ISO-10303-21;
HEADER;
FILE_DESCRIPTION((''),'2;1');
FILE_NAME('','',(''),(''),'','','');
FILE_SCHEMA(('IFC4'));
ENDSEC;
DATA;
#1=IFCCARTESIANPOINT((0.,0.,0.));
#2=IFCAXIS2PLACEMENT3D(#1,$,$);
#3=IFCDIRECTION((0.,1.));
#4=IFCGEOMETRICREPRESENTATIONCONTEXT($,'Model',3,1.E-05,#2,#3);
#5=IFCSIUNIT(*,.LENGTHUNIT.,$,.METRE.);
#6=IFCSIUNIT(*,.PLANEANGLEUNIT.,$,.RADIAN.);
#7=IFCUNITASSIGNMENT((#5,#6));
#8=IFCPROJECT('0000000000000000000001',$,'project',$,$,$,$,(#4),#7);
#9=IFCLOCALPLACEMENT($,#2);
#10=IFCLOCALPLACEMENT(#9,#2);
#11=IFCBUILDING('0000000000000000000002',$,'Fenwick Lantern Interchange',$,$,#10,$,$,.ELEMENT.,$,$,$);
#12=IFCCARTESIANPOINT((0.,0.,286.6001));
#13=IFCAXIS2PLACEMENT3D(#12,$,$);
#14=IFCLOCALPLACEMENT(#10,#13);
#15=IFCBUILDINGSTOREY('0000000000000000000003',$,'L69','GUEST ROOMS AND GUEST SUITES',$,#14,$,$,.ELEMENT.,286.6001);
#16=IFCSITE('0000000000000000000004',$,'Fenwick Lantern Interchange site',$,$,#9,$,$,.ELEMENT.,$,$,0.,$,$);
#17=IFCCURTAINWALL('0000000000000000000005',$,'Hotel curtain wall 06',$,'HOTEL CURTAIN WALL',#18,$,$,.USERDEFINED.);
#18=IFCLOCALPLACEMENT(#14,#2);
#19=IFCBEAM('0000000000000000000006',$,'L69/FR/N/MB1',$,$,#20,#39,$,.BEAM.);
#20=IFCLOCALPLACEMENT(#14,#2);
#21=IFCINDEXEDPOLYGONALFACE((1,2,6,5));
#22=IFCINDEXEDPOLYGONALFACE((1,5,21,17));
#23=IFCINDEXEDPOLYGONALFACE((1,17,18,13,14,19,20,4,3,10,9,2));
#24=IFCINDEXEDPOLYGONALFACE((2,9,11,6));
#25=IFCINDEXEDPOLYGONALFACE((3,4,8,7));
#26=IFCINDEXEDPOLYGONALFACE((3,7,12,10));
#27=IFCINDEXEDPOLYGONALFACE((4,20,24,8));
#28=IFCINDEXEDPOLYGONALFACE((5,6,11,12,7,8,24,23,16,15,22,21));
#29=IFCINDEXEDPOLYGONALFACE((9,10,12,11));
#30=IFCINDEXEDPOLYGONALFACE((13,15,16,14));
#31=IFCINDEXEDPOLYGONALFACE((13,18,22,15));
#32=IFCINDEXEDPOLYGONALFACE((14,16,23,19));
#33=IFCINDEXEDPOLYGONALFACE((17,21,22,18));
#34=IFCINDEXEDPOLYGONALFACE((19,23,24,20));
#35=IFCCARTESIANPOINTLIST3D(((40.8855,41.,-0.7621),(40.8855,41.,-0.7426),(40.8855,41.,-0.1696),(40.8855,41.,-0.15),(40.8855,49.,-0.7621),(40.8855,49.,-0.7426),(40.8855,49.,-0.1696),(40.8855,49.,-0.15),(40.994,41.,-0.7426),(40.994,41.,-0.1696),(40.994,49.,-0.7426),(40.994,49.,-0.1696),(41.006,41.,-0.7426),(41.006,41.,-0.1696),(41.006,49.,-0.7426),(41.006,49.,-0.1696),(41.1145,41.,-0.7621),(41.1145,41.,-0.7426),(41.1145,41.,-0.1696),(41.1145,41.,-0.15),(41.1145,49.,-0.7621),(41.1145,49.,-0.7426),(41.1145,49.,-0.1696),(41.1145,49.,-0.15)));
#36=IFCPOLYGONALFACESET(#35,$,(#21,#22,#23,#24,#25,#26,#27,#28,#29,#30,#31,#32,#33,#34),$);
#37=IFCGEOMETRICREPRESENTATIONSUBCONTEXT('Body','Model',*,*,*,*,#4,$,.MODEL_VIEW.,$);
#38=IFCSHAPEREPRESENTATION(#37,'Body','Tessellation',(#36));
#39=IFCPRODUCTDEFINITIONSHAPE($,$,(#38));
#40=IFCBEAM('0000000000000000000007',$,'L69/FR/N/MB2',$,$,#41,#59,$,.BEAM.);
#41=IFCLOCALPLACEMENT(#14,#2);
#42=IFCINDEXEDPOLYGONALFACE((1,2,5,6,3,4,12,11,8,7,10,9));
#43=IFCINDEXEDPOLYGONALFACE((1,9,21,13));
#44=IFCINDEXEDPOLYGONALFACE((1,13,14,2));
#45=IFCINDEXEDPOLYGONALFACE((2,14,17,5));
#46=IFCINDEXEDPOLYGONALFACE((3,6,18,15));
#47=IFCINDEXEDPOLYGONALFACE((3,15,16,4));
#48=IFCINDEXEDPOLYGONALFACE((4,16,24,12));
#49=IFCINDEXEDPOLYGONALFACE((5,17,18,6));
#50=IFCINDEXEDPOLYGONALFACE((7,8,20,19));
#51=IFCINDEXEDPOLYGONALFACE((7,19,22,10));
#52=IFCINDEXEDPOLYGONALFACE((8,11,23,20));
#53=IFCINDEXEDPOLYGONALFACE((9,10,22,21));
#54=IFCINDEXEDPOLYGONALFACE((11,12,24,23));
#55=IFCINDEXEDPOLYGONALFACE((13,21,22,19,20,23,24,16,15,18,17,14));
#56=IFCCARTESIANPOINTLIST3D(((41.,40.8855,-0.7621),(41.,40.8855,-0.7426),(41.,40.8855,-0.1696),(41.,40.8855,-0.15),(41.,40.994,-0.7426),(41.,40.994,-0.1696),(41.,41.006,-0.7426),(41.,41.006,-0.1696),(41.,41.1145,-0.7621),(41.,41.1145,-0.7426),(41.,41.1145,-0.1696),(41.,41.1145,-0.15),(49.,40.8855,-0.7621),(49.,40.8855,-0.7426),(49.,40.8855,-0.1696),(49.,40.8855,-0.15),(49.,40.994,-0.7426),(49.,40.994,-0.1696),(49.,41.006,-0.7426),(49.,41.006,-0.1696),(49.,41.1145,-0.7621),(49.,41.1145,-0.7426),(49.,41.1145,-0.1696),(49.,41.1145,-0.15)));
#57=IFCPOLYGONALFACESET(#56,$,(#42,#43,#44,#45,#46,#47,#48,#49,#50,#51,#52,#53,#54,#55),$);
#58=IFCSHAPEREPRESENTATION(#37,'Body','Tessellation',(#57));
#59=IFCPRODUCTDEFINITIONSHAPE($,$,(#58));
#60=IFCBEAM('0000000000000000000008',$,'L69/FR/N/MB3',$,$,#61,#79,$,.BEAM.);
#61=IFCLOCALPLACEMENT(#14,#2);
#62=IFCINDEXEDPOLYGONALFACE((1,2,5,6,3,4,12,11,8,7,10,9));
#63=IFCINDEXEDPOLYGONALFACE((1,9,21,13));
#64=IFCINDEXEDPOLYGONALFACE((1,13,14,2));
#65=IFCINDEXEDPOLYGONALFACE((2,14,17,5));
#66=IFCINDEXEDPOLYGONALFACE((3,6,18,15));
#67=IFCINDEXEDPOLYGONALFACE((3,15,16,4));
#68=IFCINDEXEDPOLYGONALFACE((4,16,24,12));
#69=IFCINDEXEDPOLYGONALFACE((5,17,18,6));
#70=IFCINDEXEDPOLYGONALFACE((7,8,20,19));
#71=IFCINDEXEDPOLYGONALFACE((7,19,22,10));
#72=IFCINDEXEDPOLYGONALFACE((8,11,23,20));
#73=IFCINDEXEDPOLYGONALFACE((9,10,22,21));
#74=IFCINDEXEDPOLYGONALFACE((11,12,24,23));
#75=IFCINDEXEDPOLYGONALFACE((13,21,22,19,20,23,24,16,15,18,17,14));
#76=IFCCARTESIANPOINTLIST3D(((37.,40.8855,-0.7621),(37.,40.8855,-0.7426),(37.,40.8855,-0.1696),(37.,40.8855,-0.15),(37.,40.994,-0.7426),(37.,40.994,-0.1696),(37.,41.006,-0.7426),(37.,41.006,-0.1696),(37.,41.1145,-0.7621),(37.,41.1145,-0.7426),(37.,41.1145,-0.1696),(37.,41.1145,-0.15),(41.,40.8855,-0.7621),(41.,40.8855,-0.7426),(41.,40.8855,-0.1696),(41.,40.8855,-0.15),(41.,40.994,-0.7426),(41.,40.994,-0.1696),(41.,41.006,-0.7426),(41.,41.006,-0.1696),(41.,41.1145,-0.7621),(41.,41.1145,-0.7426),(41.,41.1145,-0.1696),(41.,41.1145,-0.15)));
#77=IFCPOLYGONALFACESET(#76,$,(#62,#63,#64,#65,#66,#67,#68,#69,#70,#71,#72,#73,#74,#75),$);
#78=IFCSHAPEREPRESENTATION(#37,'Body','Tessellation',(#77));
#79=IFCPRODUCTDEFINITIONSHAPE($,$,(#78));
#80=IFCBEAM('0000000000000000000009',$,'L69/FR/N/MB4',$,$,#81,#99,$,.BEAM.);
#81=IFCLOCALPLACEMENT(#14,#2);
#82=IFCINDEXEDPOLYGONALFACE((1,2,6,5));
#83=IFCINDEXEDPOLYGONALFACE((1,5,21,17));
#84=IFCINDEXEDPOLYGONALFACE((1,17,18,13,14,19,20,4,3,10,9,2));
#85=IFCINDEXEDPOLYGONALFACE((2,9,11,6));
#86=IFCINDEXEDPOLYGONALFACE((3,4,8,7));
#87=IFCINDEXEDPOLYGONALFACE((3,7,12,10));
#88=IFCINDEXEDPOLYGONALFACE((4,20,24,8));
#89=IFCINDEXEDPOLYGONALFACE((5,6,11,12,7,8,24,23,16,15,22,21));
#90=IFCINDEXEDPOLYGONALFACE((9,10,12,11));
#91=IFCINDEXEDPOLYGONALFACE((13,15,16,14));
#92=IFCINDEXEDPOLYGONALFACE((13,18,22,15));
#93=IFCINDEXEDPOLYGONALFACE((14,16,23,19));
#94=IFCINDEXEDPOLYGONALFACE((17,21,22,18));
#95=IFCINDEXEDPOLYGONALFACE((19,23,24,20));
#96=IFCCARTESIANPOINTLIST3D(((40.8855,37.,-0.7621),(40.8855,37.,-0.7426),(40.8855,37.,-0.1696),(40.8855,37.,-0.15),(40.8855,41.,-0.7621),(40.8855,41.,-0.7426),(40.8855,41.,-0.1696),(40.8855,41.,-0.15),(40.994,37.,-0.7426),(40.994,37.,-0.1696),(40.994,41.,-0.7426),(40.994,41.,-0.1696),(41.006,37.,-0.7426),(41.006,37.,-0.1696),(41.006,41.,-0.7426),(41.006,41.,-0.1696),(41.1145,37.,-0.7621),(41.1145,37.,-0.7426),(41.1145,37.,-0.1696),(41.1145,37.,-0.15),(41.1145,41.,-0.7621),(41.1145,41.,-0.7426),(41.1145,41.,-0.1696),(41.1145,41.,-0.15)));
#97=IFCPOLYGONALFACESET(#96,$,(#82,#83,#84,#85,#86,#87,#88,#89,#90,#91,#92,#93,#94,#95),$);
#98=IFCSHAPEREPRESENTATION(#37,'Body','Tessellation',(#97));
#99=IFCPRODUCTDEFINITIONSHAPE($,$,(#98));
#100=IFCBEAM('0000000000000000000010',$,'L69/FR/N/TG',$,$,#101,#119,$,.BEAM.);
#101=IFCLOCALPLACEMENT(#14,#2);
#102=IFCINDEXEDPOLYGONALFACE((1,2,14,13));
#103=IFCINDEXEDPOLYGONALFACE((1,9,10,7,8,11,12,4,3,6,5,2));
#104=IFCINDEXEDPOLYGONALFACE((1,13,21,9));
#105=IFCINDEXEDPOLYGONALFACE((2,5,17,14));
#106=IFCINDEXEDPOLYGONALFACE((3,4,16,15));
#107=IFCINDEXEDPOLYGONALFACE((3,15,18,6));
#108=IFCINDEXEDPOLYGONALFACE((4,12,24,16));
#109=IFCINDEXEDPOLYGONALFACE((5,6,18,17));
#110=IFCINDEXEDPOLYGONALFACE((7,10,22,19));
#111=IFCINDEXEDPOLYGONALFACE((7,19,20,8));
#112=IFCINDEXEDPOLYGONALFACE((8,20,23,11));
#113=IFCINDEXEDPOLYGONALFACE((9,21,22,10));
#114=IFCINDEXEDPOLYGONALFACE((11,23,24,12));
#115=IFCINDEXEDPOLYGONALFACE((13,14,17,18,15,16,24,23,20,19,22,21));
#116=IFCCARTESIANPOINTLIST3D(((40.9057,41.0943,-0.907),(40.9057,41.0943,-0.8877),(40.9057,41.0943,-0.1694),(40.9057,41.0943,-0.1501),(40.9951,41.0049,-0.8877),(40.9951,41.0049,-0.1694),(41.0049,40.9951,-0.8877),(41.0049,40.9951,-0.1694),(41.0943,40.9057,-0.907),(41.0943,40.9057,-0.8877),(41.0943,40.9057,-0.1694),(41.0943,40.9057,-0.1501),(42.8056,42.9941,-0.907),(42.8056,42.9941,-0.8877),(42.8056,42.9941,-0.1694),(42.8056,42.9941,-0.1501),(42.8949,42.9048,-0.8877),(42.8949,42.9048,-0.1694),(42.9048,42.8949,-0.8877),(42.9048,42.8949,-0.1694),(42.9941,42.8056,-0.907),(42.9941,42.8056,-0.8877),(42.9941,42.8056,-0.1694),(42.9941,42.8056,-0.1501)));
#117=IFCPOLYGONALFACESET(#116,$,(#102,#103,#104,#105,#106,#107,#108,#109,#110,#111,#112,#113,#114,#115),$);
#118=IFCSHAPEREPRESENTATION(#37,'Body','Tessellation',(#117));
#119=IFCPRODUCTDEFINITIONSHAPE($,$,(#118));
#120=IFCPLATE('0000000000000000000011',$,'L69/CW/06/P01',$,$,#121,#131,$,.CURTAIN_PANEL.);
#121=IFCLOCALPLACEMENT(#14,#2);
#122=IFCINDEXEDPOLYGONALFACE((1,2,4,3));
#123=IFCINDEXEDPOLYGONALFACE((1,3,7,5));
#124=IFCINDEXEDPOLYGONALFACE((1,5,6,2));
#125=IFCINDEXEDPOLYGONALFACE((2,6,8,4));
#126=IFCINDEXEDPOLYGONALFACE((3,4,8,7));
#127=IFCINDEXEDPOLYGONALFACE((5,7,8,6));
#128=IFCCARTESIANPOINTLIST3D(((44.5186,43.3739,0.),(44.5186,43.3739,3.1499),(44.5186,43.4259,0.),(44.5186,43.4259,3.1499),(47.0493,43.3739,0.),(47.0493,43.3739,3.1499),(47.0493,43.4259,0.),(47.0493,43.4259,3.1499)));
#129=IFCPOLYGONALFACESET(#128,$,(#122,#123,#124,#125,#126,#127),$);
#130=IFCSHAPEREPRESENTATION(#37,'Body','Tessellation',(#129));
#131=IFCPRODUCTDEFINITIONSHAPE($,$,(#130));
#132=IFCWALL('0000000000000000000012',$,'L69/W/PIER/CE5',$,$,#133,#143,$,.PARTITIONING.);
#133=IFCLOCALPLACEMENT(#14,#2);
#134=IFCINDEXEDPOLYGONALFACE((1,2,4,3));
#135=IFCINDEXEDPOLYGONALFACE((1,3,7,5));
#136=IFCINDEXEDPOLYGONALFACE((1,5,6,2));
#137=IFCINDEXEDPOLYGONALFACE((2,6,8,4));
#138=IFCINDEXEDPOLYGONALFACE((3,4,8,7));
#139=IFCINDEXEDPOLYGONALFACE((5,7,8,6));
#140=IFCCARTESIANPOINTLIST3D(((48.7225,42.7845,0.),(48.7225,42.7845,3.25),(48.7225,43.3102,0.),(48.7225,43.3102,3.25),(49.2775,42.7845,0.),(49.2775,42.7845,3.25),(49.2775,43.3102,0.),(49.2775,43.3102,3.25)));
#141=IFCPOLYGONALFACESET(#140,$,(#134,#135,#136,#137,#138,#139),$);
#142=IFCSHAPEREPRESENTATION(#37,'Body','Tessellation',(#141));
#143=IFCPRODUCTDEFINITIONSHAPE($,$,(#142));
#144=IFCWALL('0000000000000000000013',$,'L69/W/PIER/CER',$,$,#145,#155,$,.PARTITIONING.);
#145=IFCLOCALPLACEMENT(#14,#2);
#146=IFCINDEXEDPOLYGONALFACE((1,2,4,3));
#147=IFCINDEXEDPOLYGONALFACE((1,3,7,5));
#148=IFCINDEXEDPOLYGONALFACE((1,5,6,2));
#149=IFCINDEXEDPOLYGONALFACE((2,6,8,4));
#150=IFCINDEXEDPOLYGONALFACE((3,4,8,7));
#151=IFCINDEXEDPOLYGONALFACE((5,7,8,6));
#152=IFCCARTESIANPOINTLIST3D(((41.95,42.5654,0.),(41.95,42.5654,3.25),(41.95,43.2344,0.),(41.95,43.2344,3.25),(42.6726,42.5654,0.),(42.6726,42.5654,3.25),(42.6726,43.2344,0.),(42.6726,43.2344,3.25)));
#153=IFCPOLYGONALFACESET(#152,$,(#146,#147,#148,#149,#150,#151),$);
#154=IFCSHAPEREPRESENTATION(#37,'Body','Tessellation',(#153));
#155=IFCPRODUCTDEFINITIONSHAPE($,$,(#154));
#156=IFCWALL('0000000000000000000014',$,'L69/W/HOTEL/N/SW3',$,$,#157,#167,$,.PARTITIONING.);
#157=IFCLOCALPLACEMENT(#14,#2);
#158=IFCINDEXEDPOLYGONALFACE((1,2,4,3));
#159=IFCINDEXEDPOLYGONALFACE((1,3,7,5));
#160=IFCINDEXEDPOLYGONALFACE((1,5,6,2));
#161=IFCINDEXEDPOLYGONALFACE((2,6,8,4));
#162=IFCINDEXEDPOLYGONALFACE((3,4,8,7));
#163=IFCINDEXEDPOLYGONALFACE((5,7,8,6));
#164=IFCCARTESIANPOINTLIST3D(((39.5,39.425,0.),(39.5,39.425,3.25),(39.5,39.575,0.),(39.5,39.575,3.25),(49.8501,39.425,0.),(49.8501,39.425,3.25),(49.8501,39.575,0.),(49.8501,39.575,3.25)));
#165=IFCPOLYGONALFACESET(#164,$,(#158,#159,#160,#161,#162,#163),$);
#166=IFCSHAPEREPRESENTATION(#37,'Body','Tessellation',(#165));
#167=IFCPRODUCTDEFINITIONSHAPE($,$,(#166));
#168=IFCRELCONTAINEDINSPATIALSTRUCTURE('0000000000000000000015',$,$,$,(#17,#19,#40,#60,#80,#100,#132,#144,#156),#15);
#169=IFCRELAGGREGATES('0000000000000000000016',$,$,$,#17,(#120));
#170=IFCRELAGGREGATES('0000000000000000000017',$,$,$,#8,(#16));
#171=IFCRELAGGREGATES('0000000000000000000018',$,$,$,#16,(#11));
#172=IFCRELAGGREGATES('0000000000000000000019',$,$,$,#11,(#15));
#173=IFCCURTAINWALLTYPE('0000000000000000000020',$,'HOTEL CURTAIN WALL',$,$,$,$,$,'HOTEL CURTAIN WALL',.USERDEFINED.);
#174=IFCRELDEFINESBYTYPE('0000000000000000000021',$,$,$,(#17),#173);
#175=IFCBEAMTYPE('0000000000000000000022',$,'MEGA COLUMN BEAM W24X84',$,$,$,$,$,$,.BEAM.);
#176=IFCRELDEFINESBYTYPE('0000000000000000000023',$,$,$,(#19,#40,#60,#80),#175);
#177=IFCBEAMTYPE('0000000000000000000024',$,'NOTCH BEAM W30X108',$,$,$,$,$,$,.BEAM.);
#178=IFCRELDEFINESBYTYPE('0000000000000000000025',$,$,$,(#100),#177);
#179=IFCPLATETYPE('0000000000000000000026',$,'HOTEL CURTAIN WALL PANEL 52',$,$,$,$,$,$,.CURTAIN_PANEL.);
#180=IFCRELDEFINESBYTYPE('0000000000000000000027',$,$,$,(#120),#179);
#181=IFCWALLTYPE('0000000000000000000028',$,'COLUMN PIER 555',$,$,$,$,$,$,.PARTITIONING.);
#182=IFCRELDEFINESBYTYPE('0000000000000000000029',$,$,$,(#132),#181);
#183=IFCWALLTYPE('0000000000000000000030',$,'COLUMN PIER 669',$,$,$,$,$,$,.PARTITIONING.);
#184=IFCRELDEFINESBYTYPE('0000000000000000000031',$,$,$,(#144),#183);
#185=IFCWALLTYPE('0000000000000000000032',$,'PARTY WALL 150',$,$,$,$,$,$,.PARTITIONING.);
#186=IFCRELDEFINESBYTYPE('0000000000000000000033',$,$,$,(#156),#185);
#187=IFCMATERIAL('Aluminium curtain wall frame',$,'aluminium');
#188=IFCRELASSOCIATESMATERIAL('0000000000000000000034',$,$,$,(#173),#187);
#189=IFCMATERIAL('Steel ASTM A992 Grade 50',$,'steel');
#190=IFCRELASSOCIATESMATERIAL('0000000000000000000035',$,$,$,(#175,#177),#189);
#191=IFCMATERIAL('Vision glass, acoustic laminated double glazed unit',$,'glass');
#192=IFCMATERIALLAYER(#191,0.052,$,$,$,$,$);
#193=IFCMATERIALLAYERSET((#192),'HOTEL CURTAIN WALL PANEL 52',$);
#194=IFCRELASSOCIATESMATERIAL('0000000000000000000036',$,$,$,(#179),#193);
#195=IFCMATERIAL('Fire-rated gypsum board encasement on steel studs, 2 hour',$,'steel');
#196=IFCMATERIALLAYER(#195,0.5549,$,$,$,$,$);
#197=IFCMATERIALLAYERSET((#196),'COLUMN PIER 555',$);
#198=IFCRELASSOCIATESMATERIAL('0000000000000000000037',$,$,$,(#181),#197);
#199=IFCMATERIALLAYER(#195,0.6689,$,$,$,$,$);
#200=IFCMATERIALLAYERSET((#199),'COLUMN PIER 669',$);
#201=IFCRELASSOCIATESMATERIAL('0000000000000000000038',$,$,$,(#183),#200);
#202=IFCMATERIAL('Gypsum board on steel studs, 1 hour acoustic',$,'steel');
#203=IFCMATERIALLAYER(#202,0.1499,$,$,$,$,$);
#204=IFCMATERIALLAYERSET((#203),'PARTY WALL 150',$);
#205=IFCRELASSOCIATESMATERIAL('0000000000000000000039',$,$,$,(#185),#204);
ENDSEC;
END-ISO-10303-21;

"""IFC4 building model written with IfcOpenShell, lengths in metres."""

from ifc_helpers import new_model, si_unit, direction, frame, frame_2d, origin, origin_2d, place, context, subcontext, project, spatial, rectangle, i_section, extrude, material, layer, layer_set, material_profile, profile_set, type_object, element, aggregate, save


model = new_model("IFC4")

# Units and contexts
model_context = context("Model", 3, precision=1e-05, world=origin(), true_north=direction((0.0, 1.0)))
body_context = subcontext(model_context, "Body", "Model", "MODEL_VIEW")
ifc_project = project(units=[si_unit("LENGTHUNIT", "METRE"), si_unit("PLANEANGLEUNIT", "RADIAN")], contexts=[model_context])

# Site, building, storey
site_placement = place(None, origin())
site = spatial("IfcSite", under=ifc_project, at=site_placement, Name="Fenwick Lantern Interchange site", CompositionType="ELEMENT", RefElevation=0.0)
building_placement = place(site_placement, origin())
building = spatial("IfcBuilding", under=site, at=building_placement, Name="Fenwick Lantern Interchange", CompositionType="ELEMENT")
storey_placement = place(building_placement, frame((0.0, 0.0, 286.6001)))
storey = spatial("IfcBuildingStorey", under=building, at=storey_placement, Name="L69", Description="GUEST ROOMS AND GUEST SUITES", CompositionType="ELEMENT", Elevation=286.6001)

# Shared definitions
ifc_material_1 = material(Name="Steel ASTM A992 Grade 50", Category="steel")

# Shared definitions
ifc_material_2 = material(Name="Aluminium curtain wall frame", Category="aluminium")
curtain_wall_type = type_object("IfcCurtainWallType", Name="HOTEL CURTAIN WALL", ElementType="HOTEL CURTAIN WALL", PredefinedType="USERDEFINED", material=ifc_material_2)

# Curtain wall
curtain_wall_1_placement = place(storey_placement, origin())
curtain_wall_1 = element("IfcCurtainWall", 1, at=curtain_wall_1_placement, inside=storey, type_object=curtain_wall_type, Name="Hotel curtain wall 06", ObjectType="HOTEL CURTAIN WALL", PredefinedType="USERDEFINED")

# Beams
ifc_material_profile_1 = material_profile(ifc_material_1, i_section(OverallWidth=0.229, OverallDepth=0.6121, WebThickness=0.012, FlangeThickness=0.0195, at=origin_2d()), Name="W24X84")
ifc_profile_set_1 = profile_set([ifc_material_profile_1], Name="Steel ASTM A992 Grade 50")
beam_type_1 = type_object("IfcBeamType", Name="MEGA COLUMN BEAM W24X84", PredefinedType="BEAM", material=ifc_profile_set_1)
for number, where, z_axis, x_axis, name in (
    (2, (41.0, 41.0, -0.4561), (0.0, 1.0, 0.0), (-1.0, 0.0, 0.0), "L69/FR/N/MB1"),
    (3, (41.0, 41.0, -0.4561), (1.0, 0.0, 0.0), (0.0, 1.0, 0.0), "L69/FR/N/MB2"),
):
    element("IfcBeam", number, at=place(storey_placement, frame(where, z_axis=z_axis, x_axis=x_axis)), inside=storey, type_object=beam_type_1, Name=name, PredefinedType="BEAM", context=body_context, shape_type="SweptSolid", body=[
        extrude(i_section(OverallWidth=0.229, OverallDepth=0.6121, WebThickness=0.012, FlangeThickness=0.0195, at=origin_2d()), origin(), (0.0, 0.0, 1.0), 8.0),
    ])
for number, where, z_axis, x_axis, name in (
    (4, (41.0, 41.0, -0.4561), (-1.0, 0.0, 0.0), (0.0, -1.0, 0.0), "L69/FR/N/MB3"),
    (5, (41.0, 41.0, -0.4561), (0.0, -1.0, 0.0), (1.0, 0.0, 0.0), "L69/FR/N/MB4"),
):
    element("IfcBeam", number, at=place(storey_placement, frame(where, z_axis=z_axis, x_axis=x_axis)), inside=storey, type_object=beam_type_1, Name=name, PredefinedType="BEAM", context=body_context, shape_type="SweptSolid", body=[
        extrude(i_section(OverallWidth=0.229, OverallDepth=0.6121, WebThickness=0.012, FlangeThickness=0.0195, at=origin_2d()), origin(), (0.0, 0.0, 1.0), 4.0),
    ])
ifc_material_profile_2 = material_profile(ifc_material_1, i_section(OverallWidth=0.2666, OverallDepth=0.7568, WebThickness=0.0139, FlangeThickness=0.0193, at=origin_2d()), Name="W30X108")
ifc_profile_set_2 = profile_set([ifc_material_profile_2], Name="Steel ASTM A992 Grade 50")
beam_type_2 = type_object("IfcBeamType", Name="NOTCH BEAM W30X108", PredefinedType="BEAM", material=ifc_profile_set_2)
beam_1_placement = place(storey_placement, frame((41.0, 41.0, -0.5286), z_axis=(0.707107, 0.707107, 0.0), x_axis=(-0.707107, 0.707107, 0.0)))
element("IfcBeam", 6, at=beam_1_placement, inside=storey, type_object=beam_type_2, Name="L69/FR/N/TG", PredefinedType="BEAM", context=body_context, shape_type="SweptSolid", body=[
    extrude(i_section(OverallWidth=0.2666, OverallDepth=0.7568, WebThickness=0.0139, FlangeThickness=0.0193, at=origin_2d()), origin(), (0.0, 0.0, 1.0), 2.6868),
])

# Plate
ifc_material_3 = material(Name="Vision glass, acoustic laminated double glazed unit", Category="glass")
ifc_layer_1 = layer(ifc_material_3, 0.052)
ifc_layer_set_1 = layer_set([ifc_layer_1], Name="HOTEL CURTAIN WALL PANEL 52")
plate_type = type_object("IfcPlateType", Name="HOTEL CURTAIN WALL PANEL 52", PredefinedType="CURTAIN_PANEL", material=ifc_layer_set_1)
plate_placement = place(storey_placement, frame((45.7839, 43.3999, 0.0), z_axis=(0.0, 0.0, 1.0), x_axis=(-1.0, 0.0, 0.0)))
plate = element("IfcPlate", 7, at=plate_placement, type_object=plate_type, Name="L69/CW/06/P01", PredefinedType="CURTAIN_PANEL", context=body_context, shape_type="SweptSolid", body=[
    extrude(rectangle(XDim=2.5308, YDim=0.052, at=origin_2d()), origin(), (0.0, 0.0, 1.0), 3.1499),
])
aggregate(curtain_wall_1, [plate])

# Walls
ifc_material_4 = material(Name="Fire-rated gypsum board encasement on steel studs, 2 hour", Category="steel")
ifc_layer_2 = layer(ifc_material_4, 0.5549)
ifc_layer_set_2 = layer_set([ifc_layer_2], Name="COLUMN PIER 555")
wall_type_1 = type_object("IfcWallType", Name="COLUMN PIER 555", PredefinedType="PARTITIONING", material=ifc_layer_set_2)
wall_1_placement = place(storey_placement, frame((49.0, 43.3101, 0.0), z_axis=(0.0, 0.0, 1.0), x_axis=(0.0, -1.0, 0.0)))
element("IfcWall", 8, at=wall_1_placement, inside=storey, type_object=wall_type_1, Name="L69/W/PIER/CE5", PredefinedType="PARTITIONING", context=body_context, shape_type="SweptSolid", body=[
    extrude(rectangle(XDim=0.5256, YDim=0.5549, at=frame_2d((0.2627, 0.0))), origin(), (0.0, 0.0, 1.0), 3.25),
])
ifc_layer_3 = layer(ifc_material_4, 0.6689)
ifc_layer_set_3 = layer_set([ifc_layer_3], Name="COLUMN PIER 669")
wall_type_2 = type_object("IfcWallType", Name="COLUMN PIER 669", PredefinedType="PARTITIONING", material=ifc_layer_set_3)
wall_2_placement = place(storey_placement, frame((41.95, 42.8999, 0.0), z_axis=(0.0, 0.0, 1.0), x_axis=(1.0, 0.0, 0.0)))
element("IfcWall", 9, at=wall_2_placement, inside=storey, type_object=wall_type_2, Name="L69/W/PIER/CER", PredefinedType="PARTITIONING", context=body_context, shape_type="SweptSolid", body=[
    extrude(rectangle(XDim=0.7227, YDim=0.6689, at=frame_2d((0.3613, 0.0))), origin(), (0.0, 0.0, 1.0), 3.25),
])
ifc_material_5 = material(Name="Gypsum board on steel studs, 1 hour acoustic", Category="steel")
ifc_layer_4 = layer(ifc_material_5, 0.1499)
ifc_layer_set_4 = layer_set([ifc_layer_4], Name="PARTY WALL 150")
wall_type_3 = type_object("IfcWallType", Name="PARTY WALL 150", PredefinedType="PARTITIONING", material=ifc_layer_set_4)
wall_3_placement = place(storey_placement, frame((49.8501, 39.5, 0.0), z_axis=(0.0, 0.0, 1.0), x_axis=(-1.0, 0.0, 0.0)))
element("IfcWall", 10, at=wall_3_placement, inside=storey, type_object=wall_type_3, Name="L69/W/HOTEL/N/SW3", PredefinedType="PARTITIONING", context=body_context, shape_type="SweptSolid", body=[
    extrude(rectangle(XDim=10.3501, YDim=0.1499, at=frame_2d((5.175, 0.0))), origin(), (0.0, 0.0, 1.0), 3.25),
])

save(model, "model.ifc")
